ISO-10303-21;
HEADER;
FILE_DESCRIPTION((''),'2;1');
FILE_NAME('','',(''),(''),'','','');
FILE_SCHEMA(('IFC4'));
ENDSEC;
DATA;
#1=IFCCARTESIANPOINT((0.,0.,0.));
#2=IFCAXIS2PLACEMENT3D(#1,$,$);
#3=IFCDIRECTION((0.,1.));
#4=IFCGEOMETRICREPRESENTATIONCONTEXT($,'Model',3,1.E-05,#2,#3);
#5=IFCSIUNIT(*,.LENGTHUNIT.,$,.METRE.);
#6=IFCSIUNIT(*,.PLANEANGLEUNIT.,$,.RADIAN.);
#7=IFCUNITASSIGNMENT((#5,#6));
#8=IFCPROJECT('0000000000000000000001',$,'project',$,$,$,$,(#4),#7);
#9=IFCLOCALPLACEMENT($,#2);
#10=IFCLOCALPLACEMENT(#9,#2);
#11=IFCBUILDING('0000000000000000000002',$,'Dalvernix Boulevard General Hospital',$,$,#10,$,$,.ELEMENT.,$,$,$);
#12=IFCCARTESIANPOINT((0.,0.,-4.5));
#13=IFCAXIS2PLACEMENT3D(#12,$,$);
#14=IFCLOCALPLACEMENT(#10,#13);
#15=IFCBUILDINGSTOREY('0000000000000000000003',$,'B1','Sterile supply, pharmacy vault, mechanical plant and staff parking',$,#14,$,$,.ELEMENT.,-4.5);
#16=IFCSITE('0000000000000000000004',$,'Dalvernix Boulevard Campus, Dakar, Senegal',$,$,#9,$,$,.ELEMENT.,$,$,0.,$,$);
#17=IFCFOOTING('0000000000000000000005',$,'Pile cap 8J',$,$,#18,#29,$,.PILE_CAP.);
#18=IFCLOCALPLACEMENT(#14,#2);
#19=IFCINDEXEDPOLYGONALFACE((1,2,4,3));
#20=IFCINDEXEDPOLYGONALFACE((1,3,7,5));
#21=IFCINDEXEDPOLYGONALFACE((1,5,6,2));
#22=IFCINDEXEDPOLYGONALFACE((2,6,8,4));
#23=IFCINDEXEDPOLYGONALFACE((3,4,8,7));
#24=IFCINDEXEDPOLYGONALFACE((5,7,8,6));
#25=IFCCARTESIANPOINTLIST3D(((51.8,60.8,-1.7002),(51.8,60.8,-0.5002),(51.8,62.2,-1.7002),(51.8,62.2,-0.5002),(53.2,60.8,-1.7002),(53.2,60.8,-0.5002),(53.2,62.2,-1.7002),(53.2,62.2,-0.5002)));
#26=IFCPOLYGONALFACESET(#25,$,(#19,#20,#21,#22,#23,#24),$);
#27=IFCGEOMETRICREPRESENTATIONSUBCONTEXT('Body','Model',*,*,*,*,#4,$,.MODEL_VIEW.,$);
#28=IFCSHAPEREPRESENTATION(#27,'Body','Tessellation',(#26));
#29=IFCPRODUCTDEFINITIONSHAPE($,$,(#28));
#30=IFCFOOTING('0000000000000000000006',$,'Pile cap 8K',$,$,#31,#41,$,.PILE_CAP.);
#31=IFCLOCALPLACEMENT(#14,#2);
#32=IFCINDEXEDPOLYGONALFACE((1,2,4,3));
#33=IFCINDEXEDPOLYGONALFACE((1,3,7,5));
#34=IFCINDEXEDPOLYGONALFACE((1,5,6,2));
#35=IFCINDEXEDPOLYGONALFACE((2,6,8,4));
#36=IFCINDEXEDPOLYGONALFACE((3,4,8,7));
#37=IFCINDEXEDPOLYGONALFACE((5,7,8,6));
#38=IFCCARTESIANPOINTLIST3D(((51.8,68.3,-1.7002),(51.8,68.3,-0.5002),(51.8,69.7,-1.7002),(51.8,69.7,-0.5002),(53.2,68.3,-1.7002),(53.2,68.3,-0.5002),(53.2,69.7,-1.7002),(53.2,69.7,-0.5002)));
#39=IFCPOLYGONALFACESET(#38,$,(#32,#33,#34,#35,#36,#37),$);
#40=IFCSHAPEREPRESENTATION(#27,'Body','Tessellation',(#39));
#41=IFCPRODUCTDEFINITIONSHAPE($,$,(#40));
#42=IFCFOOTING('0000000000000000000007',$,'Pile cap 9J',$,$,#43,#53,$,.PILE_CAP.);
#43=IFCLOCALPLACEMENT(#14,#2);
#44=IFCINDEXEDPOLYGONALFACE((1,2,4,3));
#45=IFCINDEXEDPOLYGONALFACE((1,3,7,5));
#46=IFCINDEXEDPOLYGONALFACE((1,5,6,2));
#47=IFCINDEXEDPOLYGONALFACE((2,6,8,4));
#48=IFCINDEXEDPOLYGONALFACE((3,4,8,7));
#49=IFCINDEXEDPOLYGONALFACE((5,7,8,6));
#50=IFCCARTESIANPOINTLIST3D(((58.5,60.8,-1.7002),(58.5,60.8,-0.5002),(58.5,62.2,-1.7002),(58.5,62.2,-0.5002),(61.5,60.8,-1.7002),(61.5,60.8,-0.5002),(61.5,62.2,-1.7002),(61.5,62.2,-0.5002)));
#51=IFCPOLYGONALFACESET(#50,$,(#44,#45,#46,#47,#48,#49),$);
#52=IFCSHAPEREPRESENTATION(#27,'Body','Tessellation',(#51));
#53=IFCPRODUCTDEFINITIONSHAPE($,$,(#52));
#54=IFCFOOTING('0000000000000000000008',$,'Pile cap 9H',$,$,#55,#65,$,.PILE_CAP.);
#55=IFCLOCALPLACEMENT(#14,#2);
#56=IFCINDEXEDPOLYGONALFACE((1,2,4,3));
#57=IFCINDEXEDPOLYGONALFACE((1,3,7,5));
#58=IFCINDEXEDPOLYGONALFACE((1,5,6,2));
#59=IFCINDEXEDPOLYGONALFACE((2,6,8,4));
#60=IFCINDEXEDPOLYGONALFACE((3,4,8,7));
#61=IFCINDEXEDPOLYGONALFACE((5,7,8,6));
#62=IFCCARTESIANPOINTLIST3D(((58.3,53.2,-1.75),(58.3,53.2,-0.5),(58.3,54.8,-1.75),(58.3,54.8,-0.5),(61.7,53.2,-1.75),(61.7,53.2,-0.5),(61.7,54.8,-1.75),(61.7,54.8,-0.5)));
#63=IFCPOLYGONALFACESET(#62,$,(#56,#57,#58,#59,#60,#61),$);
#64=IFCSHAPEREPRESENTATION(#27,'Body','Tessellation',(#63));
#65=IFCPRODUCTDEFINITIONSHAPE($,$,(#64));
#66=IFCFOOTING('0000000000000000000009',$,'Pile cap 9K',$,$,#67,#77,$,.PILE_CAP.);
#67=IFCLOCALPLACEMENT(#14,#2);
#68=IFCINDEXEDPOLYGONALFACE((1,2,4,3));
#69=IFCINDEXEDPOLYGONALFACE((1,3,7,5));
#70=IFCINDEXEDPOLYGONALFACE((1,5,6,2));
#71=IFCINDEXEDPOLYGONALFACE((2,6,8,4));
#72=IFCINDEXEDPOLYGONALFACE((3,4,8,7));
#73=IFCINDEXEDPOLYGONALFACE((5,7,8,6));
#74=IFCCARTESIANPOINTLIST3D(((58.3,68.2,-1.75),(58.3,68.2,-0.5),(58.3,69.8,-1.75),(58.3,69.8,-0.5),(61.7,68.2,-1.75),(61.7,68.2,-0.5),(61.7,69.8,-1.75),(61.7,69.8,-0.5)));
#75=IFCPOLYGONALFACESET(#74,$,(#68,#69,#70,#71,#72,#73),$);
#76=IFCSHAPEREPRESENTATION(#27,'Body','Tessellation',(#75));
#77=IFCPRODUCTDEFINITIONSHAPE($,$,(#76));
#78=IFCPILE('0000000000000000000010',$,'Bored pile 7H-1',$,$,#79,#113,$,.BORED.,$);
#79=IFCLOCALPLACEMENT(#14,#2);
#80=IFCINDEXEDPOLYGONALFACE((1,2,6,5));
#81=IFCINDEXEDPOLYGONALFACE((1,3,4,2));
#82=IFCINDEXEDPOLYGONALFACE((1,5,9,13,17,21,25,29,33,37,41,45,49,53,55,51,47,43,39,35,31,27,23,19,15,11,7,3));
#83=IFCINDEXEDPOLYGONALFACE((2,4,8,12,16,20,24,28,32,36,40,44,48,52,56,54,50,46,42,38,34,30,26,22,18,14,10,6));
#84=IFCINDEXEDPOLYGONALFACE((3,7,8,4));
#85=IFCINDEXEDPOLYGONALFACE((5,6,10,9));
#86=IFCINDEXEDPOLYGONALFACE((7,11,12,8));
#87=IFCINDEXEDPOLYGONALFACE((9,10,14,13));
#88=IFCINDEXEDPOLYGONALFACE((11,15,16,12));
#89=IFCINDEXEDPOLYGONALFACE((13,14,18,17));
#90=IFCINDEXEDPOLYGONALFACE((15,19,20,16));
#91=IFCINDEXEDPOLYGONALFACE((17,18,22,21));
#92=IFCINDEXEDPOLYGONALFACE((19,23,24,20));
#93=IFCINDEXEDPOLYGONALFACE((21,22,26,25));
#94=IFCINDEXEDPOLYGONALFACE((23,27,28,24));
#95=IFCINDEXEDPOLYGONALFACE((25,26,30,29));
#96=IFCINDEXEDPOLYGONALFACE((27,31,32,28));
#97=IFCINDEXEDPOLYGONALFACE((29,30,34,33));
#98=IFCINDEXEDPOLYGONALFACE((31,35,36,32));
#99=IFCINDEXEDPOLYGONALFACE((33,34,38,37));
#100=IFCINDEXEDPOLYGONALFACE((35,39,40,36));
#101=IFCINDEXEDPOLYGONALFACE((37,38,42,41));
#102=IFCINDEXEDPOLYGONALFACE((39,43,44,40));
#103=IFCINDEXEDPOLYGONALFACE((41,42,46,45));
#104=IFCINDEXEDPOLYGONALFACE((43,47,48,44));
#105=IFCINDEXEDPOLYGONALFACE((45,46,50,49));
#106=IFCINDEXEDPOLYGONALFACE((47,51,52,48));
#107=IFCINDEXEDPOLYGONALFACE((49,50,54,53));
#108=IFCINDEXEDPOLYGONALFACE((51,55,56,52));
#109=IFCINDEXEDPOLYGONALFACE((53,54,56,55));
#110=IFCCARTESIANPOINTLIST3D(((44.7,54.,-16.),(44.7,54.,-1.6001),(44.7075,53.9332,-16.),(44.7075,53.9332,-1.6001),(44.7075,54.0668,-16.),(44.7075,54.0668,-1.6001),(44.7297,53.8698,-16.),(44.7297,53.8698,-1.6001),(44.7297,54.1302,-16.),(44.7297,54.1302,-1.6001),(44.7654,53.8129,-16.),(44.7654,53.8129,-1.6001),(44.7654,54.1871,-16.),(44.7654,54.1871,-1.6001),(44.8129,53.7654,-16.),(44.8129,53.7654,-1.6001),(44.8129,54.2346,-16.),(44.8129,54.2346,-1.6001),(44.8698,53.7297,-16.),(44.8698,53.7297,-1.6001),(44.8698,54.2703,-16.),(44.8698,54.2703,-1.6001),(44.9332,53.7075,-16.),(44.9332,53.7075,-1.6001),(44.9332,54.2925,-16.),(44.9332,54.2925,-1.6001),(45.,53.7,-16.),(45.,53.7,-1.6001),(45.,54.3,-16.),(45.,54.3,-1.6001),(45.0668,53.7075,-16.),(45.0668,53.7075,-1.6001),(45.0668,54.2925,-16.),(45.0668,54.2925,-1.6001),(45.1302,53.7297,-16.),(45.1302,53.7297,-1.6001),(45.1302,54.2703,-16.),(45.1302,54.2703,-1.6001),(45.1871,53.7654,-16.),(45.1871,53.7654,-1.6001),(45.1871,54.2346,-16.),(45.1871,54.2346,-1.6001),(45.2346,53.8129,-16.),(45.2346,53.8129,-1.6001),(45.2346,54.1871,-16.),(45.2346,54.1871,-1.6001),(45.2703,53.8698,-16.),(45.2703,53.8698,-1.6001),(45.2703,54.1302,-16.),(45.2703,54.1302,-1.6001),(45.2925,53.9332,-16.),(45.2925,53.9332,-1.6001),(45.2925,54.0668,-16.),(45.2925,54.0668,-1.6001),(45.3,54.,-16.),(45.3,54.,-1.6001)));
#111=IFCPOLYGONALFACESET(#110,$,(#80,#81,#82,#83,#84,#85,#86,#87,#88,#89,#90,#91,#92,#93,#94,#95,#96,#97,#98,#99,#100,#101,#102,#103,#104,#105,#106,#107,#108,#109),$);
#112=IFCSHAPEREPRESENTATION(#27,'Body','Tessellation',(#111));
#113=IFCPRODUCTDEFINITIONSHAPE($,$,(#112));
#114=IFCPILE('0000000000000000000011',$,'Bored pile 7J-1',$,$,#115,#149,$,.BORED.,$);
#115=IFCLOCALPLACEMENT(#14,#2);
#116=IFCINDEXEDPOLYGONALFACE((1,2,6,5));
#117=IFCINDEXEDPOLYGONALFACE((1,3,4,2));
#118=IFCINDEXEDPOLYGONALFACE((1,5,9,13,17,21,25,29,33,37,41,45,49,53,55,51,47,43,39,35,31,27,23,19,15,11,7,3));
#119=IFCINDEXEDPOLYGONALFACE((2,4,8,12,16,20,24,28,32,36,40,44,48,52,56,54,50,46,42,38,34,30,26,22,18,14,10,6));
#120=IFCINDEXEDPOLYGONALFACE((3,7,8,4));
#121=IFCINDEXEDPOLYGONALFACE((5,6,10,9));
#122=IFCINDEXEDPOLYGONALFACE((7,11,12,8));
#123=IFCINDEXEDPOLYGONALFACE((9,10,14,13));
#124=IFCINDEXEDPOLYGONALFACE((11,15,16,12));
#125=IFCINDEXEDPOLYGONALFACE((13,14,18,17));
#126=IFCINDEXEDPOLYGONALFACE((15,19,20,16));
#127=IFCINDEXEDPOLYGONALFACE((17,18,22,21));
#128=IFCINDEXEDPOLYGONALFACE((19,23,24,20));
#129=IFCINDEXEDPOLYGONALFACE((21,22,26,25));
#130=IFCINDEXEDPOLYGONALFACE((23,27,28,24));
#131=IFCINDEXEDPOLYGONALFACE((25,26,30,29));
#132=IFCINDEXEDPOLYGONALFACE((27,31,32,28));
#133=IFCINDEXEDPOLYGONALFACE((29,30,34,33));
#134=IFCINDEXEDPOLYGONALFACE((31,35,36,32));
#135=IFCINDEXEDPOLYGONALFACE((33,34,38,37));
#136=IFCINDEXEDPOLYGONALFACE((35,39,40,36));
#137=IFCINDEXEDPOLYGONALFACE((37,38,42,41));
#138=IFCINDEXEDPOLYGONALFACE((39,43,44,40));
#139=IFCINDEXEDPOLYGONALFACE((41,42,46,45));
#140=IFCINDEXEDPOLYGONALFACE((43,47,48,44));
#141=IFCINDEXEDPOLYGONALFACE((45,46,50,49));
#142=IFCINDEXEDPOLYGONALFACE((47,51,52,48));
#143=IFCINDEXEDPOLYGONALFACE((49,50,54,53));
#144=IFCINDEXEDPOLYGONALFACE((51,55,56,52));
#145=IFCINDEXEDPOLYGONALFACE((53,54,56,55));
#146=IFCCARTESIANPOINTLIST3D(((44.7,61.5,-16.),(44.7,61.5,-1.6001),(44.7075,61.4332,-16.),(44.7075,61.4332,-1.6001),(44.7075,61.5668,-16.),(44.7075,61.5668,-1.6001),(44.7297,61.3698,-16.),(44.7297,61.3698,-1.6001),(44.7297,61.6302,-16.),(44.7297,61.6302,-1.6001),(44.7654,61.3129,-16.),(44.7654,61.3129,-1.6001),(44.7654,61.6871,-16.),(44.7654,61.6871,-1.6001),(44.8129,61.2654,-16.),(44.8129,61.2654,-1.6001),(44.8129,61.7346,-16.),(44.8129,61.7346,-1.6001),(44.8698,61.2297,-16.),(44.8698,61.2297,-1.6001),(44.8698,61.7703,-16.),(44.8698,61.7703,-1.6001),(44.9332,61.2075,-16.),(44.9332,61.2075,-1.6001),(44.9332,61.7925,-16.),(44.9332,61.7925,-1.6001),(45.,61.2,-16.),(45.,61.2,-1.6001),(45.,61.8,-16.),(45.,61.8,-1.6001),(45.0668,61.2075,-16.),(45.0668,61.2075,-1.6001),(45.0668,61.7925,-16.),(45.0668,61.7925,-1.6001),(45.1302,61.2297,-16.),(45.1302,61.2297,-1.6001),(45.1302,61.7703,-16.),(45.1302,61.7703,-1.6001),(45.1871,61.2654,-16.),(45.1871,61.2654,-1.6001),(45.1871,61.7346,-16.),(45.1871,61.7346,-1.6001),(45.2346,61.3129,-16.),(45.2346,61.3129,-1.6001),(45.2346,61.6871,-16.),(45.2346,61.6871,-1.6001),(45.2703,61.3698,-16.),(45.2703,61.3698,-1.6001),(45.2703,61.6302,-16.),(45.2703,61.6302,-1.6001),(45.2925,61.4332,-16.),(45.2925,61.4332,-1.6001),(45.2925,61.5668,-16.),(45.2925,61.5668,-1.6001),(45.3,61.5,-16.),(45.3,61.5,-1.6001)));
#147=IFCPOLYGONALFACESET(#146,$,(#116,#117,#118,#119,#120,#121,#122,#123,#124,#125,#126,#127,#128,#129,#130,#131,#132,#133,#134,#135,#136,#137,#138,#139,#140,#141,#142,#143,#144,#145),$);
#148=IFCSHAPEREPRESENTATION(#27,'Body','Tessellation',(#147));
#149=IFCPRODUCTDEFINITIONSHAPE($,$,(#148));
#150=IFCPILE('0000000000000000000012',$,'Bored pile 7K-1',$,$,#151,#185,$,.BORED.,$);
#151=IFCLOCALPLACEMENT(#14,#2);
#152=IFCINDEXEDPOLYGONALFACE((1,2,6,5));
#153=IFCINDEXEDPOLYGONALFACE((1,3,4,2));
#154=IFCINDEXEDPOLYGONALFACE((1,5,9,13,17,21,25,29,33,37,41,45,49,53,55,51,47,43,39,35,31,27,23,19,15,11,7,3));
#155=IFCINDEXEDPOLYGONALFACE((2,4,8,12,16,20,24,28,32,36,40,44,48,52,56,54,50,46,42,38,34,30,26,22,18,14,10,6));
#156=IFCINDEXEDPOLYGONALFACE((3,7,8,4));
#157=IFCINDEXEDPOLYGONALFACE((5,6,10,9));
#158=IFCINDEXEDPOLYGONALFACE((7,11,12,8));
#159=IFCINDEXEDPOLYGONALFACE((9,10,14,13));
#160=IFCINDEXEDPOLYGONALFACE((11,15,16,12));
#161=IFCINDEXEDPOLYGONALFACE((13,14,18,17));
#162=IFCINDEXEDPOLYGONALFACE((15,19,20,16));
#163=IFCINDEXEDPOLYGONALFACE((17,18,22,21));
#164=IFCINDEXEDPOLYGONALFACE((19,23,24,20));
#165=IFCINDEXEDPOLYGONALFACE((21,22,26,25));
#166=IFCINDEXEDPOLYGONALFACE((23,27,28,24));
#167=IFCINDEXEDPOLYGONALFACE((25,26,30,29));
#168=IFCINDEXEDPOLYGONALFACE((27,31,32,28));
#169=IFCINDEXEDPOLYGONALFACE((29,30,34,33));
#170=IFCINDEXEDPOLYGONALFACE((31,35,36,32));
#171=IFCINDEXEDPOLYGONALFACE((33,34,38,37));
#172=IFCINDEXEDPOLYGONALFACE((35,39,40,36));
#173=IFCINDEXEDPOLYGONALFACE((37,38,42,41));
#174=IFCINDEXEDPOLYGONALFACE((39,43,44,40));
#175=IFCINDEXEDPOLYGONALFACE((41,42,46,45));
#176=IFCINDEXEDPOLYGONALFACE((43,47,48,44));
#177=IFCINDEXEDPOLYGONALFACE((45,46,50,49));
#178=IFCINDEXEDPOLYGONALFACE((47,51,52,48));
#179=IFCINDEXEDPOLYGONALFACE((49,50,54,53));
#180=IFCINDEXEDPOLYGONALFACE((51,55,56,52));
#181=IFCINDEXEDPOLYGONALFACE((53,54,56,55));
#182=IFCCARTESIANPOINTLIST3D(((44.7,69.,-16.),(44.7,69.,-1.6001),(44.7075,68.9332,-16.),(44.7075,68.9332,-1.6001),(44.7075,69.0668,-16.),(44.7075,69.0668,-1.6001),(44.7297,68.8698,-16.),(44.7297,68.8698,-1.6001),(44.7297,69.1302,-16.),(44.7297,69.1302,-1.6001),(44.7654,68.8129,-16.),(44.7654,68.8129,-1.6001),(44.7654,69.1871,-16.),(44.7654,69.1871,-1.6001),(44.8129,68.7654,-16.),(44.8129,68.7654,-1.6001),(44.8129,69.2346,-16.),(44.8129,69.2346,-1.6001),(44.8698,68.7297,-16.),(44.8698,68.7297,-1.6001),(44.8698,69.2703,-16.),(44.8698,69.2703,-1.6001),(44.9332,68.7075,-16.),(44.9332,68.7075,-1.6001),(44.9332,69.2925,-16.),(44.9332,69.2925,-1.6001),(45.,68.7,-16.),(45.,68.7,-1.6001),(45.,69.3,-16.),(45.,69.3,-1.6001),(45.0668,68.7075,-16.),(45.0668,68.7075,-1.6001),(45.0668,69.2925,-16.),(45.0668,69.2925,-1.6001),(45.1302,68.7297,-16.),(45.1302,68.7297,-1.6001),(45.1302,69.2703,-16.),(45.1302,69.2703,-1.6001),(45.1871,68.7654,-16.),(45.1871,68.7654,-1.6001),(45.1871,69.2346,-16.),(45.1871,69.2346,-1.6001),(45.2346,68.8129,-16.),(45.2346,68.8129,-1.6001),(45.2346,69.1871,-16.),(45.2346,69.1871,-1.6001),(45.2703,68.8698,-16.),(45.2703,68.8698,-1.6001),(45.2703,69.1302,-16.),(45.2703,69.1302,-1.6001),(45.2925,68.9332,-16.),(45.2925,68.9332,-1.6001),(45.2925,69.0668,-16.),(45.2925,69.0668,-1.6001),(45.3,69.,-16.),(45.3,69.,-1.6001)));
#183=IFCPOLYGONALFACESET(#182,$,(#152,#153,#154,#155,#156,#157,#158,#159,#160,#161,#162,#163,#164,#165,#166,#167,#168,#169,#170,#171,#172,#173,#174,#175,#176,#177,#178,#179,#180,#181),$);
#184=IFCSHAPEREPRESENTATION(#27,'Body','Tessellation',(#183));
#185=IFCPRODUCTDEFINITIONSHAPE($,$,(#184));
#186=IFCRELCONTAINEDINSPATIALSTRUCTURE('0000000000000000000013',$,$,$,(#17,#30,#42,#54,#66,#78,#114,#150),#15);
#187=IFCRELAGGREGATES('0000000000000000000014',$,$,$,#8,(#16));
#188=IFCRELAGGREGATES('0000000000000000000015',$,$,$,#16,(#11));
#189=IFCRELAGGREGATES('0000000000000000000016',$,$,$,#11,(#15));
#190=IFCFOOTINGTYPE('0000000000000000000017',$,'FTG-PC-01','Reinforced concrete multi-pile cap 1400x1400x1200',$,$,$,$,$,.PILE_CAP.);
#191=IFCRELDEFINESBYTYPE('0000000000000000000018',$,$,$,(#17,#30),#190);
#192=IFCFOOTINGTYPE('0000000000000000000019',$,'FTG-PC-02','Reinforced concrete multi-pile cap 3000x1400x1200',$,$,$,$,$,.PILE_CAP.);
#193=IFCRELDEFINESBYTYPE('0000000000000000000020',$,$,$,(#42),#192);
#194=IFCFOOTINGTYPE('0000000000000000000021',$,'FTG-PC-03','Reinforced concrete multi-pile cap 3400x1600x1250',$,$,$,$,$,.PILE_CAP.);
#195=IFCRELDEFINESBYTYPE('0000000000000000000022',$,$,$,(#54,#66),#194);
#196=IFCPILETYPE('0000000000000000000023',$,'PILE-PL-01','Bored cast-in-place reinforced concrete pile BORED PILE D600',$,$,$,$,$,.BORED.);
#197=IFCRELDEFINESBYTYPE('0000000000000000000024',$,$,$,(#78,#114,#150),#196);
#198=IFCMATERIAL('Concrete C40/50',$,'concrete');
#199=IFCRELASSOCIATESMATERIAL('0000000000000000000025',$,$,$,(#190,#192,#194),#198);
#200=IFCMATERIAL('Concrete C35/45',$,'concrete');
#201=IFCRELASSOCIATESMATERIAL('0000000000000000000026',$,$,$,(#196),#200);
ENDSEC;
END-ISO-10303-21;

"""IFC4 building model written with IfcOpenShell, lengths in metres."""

from ifc_helpers import new_model, si_unit, direction, frame, origin, origin_2d, place, context, subcontext, project, spatial, rectangle, circle, extrude, material, material_profile, profile_set, type_object, element, save


model = new_model("IFC4")

# Units and contexts
model_context = context("Model", 3, precision=1e-05, world=origin(), true_north=direction((0.0, 1.0)))
body_context = subcontext(model_context, "Body", "Model", "MODEL_VIEW")
ifc_project = project(units=[si_unit("LENGTHUNIT", "METRE"), si_unit("PLANEANGLEUNIT", "RADIAN")], contexts=[model_context])

# Site, building, storey
site_placement = place(None, origin())
site = spatial("IfcSite", under=ifc_project, at=site_placement, Name="Dalvernix Boulevard Campus, Dakar, Senegal", CompositionType="ELEMENT", RefElevation=0.0)
building_placement = place(site_placement, origin())
building = spatial("IfcBuilding", under=site, at=building_placement, Name="Dalvernix Boulevard General Hospital", CompositionType="ELEMENT")
storey_placement = place(building_placement, frame((0.0, 0.0, -4.5)))
storey = spatial("IfcBuildingStorey", under=building, at=storey_placement, Name="B1", Description="Sterile supply, pharmacy vault, mechanical plant and staff parking", CompositionType="ELEMENT", Elevation=-4.5)

# Footings
ifc_material_1 = material(Name="Concrete C35/45", Category="concrete")
ifc_material_2 = material(Name="Concrete C40/50", Category="concrete")
footing_type_1 = type_object("IfcFootingType", Name="FTG-PC-01", Description="Reinforced concrete multi-pile cap 1400x1400x1200", PredefinedType="PILE_CAP", material=ifc_material_2)
for number, where, z_axis, x_axis, name in (
    (1, (52.5, 61.5, -1.7002), (0.0, 0.0, 1.0), (1.0, 0.0, 0.0), "Pile cap 8J"),
    (2, (52.5, 69.0, -1.7002), (0.0, 0.0, 1.0), (1.0, 0.0, 0.0), "Pile cap 8K"),
):
    element("IfcFooting", number, at=place(storey_placement, frame(where, z_axis=z_axis, x_axis=x_axis)), inside=storey, type_object=footing_type_1, Name=name, PredefinedType="PILE_CAP", context=body_context, shape_type="SweptSolid", body=[
        extrude(rectangle(XDim=1.3999, YDim=1.3999, at=origin_2d()), origin(), (0.0, 0.0, 1.0), 1.2),
    ])
footing_type_2 = type_object("IfcFootingType", Name="FTG-PC-02", Description="Reinforced concrete multi-pile cap 3000x1400x1200", PredefinedType="PILE_CAP", material=ifc_material_2)
footing_1_placement = place(storey_placement, frame((60.0, 61.5, -1.7002), z_axis=(0.0, 0.0, 1.0), x_axis=(1.0, 0.0, 0.0)))
element("IfcFooting", 3, at=footing_1_placement, inside=storey, type_object=footing_type_2, Name="Pile cap 9J", PredefinedType="PILE_CAP", context=body_context, shape_type="SweptSolid", body=[
    extrude(rectangle(XDim=3.0, YDim=1.3999, at=origin_2d()), origin(), (0.0, 0.0, 1.0), 1.2),
])
footing_type_3 = type_object("IfcFootingType", Name="FTG-PC-03", Description="Reinforced concrete multi-pile cap 3400x1600x1250", PredefinedType="PILE_CAP", material=ifc_material_2)
for number, where, z_axis, x_axis, name in (
    (4, (60.0, 54.0, -1.75), (0.0, 0.0, 1.0), (1.0, 0.0, 0.0), "Pile cap 9H"),
    (5, (60.0, 69.0, -1.75), (0.0, 0.0, 1.0), (1.0, 0.0, 0.0), "Pile cap 9K"),
):
    element("IfcFooting", number, at=place(storey_placement, frame(where, z_axis=z_axis, x_axis=x_axis)), inside=storey, type_object=footing_type_3, Name=name, PredefinedType="PILE_CAP", context=body_context, shape_type="SweptSolid", body=[
        extrude(rectangle(XDim=3.3999, YDim=1.6001, at=origin_2d()), origin(), (0.0, 0.0, 1.0), 1.25),
    ])

# Piles
ifc_material_profile_1 = material_profile(ifc_material_1, circle(Radius=0.3, at=origin_2d()), Name="BORED PILE D600")
ifc_profile_set_1 = profile_set([ifc_material_profile_1], Name="Concrete C35/45")
pile_type = type_object("IfcPileType", Name="PILE-PL-01", Description="Bored cast-in-place reinforced concrete pile BORED PILE D600", PredefinedType="BORED", material=ifc_profile_set_1)
for number, where, z_axis, x_axis, name in (
    (6, (45.0, 54.0, -1.6001), (0.0, 0.0, -1.0), (1.0, 0.0, 0.0), "Bored pile 7H-1"),
    (7, (45.0, 61.5, -1.6001), (0.0, 0.0, -1.0), (1.0, 0.0, 0.0), "Bored pile 7J-1"),
    (8, (45.0, 69.0, -1.6001), (0.0, 0.0, -1.0), (1.0, 0.0, 0.0), "Bored pile 7K-1"),
):
    element("IfcPile", number, at=place(storey_placement, frame(where, z_axis=z_axis, x_axis=x_axis)), inside=storey, type_object=pile_type, Name=name, PredefinedType="BORED", context=body_context, shape_type="SweptSolid", body=[
        extrude(circle(Radius=0.3, at=origin_2d()), origin(), (0.0, 0.0, 1.0), 14.3999),
    ])

save(model, "model.ifc")
